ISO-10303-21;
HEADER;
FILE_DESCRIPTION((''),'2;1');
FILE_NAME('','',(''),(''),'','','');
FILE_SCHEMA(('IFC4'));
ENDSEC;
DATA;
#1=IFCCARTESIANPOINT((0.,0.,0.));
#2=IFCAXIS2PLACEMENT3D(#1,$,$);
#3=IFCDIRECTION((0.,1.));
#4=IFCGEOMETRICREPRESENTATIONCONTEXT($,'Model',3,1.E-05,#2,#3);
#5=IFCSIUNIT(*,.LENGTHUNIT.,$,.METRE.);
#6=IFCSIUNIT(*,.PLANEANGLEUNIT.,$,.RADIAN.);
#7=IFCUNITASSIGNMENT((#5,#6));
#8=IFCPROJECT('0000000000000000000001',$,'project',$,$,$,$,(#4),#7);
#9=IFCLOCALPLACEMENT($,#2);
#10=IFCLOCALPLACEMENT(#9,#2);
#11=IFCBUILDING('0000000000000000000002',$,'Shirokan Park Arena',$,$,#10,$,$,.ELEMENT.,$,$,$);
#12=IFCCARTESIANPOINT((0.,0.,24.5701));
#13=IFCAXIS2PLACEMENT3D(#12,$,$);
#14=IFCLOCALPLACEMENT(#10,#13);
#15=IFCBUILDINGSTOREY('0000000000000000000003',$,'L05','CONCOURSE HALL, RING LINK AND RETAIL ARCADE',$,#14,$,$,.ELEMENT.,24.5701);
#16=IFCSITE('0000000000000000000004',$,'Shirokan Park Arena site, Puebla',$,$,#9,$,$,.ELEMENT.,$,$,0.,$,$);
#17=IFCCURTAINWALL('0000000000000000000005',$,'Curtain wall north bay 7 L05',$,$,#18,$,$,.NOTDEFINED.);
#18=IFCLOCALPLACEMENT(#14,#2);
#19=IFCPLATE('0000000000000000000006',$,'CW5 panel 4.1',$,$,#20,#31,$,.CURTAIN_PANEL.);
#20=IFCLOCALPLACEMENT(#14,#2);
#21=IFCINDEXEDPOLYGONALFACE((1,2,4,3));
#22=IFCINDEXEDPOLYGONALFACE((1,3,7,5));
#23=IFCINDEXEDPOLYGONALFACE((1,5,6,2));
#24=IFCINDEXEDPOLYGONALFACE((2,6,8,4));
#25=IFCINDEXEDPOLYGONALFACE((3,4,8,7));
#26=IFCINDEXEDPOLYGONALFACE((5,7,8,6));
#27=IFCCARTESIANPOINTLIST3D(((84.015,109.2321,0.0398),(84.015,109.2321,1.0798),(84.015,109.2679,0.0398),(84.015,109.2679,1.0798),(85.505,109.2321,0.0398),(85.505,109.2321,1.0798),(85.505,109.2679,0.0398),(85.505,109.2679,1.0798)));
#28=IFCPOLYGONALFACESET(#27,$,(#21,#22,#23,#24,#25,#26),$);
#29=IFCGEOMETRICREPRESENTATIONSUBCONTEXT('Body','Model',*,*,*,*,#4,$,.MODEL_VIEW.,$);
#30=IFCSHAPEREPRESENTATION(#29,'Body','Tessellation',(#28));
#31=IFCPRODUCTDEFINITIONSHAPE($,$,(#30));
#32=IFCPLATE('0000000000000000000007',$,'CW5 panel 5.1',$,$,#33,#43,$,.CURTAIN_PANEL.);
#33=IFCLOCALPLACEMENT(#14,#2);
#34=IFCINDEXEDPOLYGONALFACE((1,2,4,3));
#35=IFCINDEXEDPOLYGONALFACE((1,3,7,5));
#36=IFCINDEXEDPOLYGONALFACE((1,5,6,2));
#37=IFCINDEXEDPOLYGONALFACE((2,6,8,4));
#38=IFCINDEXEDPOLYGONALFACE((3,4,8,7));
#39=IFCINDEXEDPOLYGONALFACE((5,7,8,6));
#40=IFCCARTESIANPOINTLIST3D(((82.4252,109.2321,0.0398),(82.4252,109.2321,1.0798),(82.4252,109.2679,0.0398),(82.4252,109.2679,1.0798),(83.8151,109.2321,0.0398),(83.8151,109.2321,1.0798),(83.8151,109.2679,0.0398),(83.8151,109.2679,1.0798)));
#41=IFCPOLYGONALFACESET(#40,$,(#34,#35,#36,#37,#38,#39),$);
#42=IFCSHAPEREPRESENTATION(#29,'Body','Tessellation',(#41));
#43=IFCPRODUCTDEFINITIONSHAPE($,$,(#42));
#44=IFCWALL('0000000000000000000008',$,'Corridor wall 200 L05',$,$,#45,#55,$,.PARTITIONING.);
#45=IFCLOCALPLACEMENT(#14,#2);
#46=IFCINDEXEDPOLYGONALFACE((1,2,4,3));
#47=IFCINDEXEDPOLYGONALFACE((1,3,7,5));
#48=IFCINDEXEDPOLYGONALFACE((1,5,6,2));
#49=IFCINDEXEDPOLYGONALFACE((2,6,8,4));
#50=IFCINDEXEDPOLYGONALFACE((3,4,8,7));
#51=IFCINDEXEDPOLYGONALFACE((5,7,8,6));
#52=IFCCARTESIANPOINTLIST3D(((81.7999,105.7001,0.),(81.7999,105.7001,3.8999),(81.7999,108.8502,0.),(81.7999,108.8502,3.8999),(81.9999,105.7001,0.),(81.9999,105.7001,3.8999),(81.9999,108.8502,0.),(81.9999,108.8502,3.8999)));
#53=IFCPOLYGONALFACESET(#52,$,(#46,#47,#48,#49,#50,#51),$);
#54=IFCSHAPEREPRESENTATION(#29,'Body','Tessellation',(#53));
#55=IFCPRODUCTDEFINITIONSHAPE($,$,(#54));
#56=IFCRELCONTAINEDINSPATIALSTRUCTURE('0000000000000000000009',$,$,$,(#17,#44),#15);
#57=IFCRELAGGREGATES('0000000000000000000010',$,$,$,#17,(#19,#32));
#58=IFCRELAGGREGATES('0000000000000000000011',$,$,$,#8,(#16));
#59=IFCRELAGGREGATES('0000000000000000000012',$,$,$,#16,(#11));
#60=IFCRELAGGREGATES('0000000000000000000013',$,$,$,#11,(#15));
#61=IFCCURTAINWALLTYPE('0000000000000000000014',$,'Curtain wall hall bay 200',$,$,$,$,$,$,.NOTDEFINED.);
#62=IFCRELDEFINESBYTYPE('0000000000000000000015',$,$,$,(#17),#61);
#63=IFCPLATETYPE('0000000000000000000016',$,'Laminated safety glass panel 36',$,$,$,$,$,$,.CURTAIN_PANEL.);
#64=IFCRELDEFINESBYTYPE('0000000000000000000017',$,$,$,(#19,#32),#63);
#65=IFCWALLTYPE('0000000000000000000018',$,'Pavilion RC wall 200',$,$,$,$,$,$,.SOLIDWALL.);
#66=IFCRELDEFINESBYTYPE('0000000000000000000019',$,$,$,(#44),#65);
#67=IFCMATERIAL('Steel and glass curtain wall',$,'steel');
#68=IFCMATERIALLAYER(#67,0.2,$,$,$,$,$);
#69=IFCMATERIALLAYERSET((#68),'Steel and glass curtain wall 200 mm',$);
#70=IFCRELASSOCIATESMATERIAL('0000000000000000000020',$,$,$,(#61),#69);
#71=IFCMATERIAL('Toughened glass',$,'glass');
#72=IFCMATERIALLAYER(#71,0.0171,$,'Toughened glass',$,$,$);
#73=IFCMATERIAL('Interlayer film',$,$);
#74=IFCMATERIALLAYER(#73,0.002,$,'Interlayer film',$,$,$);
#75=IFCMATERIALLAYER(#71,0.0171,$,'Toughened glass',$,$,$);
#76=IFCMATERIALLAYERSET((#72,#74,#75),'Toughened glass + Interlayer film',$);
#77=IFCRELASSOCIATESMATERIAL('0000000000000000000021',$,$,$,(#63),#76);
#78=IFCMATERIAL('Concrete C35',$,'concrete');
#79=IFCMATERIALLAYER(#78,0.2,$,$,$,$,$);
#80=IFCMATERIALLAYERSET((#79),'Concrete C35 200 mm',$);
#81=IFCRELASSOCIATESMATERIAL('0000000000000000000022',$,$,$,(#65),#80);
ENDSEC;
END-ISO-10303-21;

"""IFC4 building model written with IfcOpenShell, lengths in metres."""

from ifc_helpers import new_model, si_unit, direction, frame, frame_2d, origin, origin_2d, place, context, subcontext, project, spatial, rectangle, extrude, material, layer, layer_set, type_object, element, aggregate, save


model = new_model("IFC4")

# Units and contexts
model_context = context("Model", 3, precision=1e-05, world=origin(), true_north=direction((0.0, 1.0)))
body_context = subcontext(model_context, "Body", "Model", "MODEL_VIEW")
ifc_project = project(units=[si_unit("LENGTHUNIT", "METRE"), si_unit("PLANEANGLEUNIT", "RADIAN")], contexts=[model_context])

# Site, building, storey
site_placement = place(None, origin())
site = spatial("IfcSite", under=ifc_project, at=site_placement, Name="Shirokan Park Arena site, Puebla", CompositionType="ELEMENT", RefElevation=0.0)
building_placement = place(site_placement, origin())
building = spatial("IfcBuilding", under=site, at=building_placement, Name="Shirokan Park Arena", CompositionType="ELEMENT")
storey_placement = place(building_placement, frame((0.0, 0.0, 24.5701)))
storey = spatial("IfcBuildingStorey", under=building, at=storey_placement, Name="L05", Description="CONCOURSE HALL, RING LINK AND RETAIL ARCADE", CompositionType="ELEMENT", Elevation=24.5701)

# Shared definitions
ifc_material_1 = material(Name="Concrete C35", Category="concrete")

# Curtain wall
ifc_material_2 = material(Name="Steel and glass curtain wall", Category="steel")
ifc_layer_1 = layer(ifc_material_2, 0.2)
ifc_layer_set_1 = layer_set([ifc_layer_1], Name="Steel and glass curtain wall 200 mm")
curtain_wall_type = type_object("IfcCurtainWallType", Name="Curtain wall hall bay 200", PredefinedType="NOTDEFINED", material=ifc_layer_set_1)
curtain_wall_1_placement = place(storey_placement, origin())
curtain_wall_1 = element("IfcCurtainWall", 1, at=curtain_wall_1_placement, inside=storey, type_object=curtain_wall_type, Name="Curtain wall north bay 7 L05", PredefinedType="NOTDEFINED")

# Plates
ifc_material_3 = material(Name="Toughened glass", Category="glass")
ifc_material_4 = material(Name="Interlayer film")
ifc_layer_2 = layer(ifc_material_3, 0.0171, Name="Toughened glass")
ifc_layer_3 = layer(ifc_material_4, 0.002, Name="Interlayer film")
ifc_layer_4 = layer(ifc_material_3, 0.0171, Name="Toughened glass")
ifc_layer_set_2 = layer_set([ifc_layer_2, ifc_layer_3, ifc_layer_4], Name="Toughened glass + Interlayer film")
plate_type_1 = type_object("IfcPlateType", Name="Laminated safety glass panel 36", PredefinedType="CURTAIN_PANEL", material=ifc_layer_set_2)
plate_1_placement = place(storey_placement, frame((84.76, 109.25, 0.0398), z_axis=(0.0, 0.0, 1.0), x_axis=(-1.0, 0.0, 0.0)))
plate_1 = element("IfcPlate", 2, at=plate_1_placement, type_object=plate_type_1, Name="CW5 panel 4.1", PredefinedType="CURTAIN_PANEL", context=body_context, shape_type="SweptSolid", body=[
    extrude(rectangle(XDim=1.49, YDim=0.0359, at=origin_2d()), origin(), (0.0, 0.0, 1.0), 1.04),
])
plate_2_placement = place(storey_placement, frame((83.1201, 109.25, 0.0398), z_axis=(0.0, 0.0, 1.0), x_axis=(-1.0, 0.0, 0.0)))
plate_2 = element("IfcPlate", 3, at=plate_2_placement, type_object=plate_type_1, Name="CW5 panel 5.1", PredefinedType="CURTAIN_PANEL", context=body_context, shape_type="SweptSolid", body=[
    extrude(rectangle(XDim=1.3899, YDim=0.0359, at=origin_2d()), origin(), (0.0, 0.0, 1.0), 1.04),
])
aggregate(curtain_wall_1, [plate_1, plate_2])

# Wall
ifc_layer_5 = layer(ifc_material_1, 0.2)
ifc_layer_set_3 = layer_set([ifc_layer_5], Name="Concrete C35 200 mm")
wall_type = type_object("IfcWallType", Name="Pavilion RC wall 200", PredefinedType="SOLIDWALL", material=ifc_layer_set_3)
wall_placement = place(storey_placement, frame((81.8999, 105.7, 0.0), z_axis=(0.0, 0.0, 1.0), x_axis=(0.0, 1.0, 0.0)))
element("IfcWall", 4, at=wall_placement, inside=storey, type_object=wall_type, Name="Corridor wall 200 L05", PredefinedType="PARTITIONING", context=body_context, shape_type="SweptSolid", body=[
    extrude(rectangle(XDim=3.1501, YDim=0.2, at=frame_2d((1.5752, 0.0))), origin(), (0.0, 0.0, 1.0), 3.8999),
])

save(model, "model.ifc")
